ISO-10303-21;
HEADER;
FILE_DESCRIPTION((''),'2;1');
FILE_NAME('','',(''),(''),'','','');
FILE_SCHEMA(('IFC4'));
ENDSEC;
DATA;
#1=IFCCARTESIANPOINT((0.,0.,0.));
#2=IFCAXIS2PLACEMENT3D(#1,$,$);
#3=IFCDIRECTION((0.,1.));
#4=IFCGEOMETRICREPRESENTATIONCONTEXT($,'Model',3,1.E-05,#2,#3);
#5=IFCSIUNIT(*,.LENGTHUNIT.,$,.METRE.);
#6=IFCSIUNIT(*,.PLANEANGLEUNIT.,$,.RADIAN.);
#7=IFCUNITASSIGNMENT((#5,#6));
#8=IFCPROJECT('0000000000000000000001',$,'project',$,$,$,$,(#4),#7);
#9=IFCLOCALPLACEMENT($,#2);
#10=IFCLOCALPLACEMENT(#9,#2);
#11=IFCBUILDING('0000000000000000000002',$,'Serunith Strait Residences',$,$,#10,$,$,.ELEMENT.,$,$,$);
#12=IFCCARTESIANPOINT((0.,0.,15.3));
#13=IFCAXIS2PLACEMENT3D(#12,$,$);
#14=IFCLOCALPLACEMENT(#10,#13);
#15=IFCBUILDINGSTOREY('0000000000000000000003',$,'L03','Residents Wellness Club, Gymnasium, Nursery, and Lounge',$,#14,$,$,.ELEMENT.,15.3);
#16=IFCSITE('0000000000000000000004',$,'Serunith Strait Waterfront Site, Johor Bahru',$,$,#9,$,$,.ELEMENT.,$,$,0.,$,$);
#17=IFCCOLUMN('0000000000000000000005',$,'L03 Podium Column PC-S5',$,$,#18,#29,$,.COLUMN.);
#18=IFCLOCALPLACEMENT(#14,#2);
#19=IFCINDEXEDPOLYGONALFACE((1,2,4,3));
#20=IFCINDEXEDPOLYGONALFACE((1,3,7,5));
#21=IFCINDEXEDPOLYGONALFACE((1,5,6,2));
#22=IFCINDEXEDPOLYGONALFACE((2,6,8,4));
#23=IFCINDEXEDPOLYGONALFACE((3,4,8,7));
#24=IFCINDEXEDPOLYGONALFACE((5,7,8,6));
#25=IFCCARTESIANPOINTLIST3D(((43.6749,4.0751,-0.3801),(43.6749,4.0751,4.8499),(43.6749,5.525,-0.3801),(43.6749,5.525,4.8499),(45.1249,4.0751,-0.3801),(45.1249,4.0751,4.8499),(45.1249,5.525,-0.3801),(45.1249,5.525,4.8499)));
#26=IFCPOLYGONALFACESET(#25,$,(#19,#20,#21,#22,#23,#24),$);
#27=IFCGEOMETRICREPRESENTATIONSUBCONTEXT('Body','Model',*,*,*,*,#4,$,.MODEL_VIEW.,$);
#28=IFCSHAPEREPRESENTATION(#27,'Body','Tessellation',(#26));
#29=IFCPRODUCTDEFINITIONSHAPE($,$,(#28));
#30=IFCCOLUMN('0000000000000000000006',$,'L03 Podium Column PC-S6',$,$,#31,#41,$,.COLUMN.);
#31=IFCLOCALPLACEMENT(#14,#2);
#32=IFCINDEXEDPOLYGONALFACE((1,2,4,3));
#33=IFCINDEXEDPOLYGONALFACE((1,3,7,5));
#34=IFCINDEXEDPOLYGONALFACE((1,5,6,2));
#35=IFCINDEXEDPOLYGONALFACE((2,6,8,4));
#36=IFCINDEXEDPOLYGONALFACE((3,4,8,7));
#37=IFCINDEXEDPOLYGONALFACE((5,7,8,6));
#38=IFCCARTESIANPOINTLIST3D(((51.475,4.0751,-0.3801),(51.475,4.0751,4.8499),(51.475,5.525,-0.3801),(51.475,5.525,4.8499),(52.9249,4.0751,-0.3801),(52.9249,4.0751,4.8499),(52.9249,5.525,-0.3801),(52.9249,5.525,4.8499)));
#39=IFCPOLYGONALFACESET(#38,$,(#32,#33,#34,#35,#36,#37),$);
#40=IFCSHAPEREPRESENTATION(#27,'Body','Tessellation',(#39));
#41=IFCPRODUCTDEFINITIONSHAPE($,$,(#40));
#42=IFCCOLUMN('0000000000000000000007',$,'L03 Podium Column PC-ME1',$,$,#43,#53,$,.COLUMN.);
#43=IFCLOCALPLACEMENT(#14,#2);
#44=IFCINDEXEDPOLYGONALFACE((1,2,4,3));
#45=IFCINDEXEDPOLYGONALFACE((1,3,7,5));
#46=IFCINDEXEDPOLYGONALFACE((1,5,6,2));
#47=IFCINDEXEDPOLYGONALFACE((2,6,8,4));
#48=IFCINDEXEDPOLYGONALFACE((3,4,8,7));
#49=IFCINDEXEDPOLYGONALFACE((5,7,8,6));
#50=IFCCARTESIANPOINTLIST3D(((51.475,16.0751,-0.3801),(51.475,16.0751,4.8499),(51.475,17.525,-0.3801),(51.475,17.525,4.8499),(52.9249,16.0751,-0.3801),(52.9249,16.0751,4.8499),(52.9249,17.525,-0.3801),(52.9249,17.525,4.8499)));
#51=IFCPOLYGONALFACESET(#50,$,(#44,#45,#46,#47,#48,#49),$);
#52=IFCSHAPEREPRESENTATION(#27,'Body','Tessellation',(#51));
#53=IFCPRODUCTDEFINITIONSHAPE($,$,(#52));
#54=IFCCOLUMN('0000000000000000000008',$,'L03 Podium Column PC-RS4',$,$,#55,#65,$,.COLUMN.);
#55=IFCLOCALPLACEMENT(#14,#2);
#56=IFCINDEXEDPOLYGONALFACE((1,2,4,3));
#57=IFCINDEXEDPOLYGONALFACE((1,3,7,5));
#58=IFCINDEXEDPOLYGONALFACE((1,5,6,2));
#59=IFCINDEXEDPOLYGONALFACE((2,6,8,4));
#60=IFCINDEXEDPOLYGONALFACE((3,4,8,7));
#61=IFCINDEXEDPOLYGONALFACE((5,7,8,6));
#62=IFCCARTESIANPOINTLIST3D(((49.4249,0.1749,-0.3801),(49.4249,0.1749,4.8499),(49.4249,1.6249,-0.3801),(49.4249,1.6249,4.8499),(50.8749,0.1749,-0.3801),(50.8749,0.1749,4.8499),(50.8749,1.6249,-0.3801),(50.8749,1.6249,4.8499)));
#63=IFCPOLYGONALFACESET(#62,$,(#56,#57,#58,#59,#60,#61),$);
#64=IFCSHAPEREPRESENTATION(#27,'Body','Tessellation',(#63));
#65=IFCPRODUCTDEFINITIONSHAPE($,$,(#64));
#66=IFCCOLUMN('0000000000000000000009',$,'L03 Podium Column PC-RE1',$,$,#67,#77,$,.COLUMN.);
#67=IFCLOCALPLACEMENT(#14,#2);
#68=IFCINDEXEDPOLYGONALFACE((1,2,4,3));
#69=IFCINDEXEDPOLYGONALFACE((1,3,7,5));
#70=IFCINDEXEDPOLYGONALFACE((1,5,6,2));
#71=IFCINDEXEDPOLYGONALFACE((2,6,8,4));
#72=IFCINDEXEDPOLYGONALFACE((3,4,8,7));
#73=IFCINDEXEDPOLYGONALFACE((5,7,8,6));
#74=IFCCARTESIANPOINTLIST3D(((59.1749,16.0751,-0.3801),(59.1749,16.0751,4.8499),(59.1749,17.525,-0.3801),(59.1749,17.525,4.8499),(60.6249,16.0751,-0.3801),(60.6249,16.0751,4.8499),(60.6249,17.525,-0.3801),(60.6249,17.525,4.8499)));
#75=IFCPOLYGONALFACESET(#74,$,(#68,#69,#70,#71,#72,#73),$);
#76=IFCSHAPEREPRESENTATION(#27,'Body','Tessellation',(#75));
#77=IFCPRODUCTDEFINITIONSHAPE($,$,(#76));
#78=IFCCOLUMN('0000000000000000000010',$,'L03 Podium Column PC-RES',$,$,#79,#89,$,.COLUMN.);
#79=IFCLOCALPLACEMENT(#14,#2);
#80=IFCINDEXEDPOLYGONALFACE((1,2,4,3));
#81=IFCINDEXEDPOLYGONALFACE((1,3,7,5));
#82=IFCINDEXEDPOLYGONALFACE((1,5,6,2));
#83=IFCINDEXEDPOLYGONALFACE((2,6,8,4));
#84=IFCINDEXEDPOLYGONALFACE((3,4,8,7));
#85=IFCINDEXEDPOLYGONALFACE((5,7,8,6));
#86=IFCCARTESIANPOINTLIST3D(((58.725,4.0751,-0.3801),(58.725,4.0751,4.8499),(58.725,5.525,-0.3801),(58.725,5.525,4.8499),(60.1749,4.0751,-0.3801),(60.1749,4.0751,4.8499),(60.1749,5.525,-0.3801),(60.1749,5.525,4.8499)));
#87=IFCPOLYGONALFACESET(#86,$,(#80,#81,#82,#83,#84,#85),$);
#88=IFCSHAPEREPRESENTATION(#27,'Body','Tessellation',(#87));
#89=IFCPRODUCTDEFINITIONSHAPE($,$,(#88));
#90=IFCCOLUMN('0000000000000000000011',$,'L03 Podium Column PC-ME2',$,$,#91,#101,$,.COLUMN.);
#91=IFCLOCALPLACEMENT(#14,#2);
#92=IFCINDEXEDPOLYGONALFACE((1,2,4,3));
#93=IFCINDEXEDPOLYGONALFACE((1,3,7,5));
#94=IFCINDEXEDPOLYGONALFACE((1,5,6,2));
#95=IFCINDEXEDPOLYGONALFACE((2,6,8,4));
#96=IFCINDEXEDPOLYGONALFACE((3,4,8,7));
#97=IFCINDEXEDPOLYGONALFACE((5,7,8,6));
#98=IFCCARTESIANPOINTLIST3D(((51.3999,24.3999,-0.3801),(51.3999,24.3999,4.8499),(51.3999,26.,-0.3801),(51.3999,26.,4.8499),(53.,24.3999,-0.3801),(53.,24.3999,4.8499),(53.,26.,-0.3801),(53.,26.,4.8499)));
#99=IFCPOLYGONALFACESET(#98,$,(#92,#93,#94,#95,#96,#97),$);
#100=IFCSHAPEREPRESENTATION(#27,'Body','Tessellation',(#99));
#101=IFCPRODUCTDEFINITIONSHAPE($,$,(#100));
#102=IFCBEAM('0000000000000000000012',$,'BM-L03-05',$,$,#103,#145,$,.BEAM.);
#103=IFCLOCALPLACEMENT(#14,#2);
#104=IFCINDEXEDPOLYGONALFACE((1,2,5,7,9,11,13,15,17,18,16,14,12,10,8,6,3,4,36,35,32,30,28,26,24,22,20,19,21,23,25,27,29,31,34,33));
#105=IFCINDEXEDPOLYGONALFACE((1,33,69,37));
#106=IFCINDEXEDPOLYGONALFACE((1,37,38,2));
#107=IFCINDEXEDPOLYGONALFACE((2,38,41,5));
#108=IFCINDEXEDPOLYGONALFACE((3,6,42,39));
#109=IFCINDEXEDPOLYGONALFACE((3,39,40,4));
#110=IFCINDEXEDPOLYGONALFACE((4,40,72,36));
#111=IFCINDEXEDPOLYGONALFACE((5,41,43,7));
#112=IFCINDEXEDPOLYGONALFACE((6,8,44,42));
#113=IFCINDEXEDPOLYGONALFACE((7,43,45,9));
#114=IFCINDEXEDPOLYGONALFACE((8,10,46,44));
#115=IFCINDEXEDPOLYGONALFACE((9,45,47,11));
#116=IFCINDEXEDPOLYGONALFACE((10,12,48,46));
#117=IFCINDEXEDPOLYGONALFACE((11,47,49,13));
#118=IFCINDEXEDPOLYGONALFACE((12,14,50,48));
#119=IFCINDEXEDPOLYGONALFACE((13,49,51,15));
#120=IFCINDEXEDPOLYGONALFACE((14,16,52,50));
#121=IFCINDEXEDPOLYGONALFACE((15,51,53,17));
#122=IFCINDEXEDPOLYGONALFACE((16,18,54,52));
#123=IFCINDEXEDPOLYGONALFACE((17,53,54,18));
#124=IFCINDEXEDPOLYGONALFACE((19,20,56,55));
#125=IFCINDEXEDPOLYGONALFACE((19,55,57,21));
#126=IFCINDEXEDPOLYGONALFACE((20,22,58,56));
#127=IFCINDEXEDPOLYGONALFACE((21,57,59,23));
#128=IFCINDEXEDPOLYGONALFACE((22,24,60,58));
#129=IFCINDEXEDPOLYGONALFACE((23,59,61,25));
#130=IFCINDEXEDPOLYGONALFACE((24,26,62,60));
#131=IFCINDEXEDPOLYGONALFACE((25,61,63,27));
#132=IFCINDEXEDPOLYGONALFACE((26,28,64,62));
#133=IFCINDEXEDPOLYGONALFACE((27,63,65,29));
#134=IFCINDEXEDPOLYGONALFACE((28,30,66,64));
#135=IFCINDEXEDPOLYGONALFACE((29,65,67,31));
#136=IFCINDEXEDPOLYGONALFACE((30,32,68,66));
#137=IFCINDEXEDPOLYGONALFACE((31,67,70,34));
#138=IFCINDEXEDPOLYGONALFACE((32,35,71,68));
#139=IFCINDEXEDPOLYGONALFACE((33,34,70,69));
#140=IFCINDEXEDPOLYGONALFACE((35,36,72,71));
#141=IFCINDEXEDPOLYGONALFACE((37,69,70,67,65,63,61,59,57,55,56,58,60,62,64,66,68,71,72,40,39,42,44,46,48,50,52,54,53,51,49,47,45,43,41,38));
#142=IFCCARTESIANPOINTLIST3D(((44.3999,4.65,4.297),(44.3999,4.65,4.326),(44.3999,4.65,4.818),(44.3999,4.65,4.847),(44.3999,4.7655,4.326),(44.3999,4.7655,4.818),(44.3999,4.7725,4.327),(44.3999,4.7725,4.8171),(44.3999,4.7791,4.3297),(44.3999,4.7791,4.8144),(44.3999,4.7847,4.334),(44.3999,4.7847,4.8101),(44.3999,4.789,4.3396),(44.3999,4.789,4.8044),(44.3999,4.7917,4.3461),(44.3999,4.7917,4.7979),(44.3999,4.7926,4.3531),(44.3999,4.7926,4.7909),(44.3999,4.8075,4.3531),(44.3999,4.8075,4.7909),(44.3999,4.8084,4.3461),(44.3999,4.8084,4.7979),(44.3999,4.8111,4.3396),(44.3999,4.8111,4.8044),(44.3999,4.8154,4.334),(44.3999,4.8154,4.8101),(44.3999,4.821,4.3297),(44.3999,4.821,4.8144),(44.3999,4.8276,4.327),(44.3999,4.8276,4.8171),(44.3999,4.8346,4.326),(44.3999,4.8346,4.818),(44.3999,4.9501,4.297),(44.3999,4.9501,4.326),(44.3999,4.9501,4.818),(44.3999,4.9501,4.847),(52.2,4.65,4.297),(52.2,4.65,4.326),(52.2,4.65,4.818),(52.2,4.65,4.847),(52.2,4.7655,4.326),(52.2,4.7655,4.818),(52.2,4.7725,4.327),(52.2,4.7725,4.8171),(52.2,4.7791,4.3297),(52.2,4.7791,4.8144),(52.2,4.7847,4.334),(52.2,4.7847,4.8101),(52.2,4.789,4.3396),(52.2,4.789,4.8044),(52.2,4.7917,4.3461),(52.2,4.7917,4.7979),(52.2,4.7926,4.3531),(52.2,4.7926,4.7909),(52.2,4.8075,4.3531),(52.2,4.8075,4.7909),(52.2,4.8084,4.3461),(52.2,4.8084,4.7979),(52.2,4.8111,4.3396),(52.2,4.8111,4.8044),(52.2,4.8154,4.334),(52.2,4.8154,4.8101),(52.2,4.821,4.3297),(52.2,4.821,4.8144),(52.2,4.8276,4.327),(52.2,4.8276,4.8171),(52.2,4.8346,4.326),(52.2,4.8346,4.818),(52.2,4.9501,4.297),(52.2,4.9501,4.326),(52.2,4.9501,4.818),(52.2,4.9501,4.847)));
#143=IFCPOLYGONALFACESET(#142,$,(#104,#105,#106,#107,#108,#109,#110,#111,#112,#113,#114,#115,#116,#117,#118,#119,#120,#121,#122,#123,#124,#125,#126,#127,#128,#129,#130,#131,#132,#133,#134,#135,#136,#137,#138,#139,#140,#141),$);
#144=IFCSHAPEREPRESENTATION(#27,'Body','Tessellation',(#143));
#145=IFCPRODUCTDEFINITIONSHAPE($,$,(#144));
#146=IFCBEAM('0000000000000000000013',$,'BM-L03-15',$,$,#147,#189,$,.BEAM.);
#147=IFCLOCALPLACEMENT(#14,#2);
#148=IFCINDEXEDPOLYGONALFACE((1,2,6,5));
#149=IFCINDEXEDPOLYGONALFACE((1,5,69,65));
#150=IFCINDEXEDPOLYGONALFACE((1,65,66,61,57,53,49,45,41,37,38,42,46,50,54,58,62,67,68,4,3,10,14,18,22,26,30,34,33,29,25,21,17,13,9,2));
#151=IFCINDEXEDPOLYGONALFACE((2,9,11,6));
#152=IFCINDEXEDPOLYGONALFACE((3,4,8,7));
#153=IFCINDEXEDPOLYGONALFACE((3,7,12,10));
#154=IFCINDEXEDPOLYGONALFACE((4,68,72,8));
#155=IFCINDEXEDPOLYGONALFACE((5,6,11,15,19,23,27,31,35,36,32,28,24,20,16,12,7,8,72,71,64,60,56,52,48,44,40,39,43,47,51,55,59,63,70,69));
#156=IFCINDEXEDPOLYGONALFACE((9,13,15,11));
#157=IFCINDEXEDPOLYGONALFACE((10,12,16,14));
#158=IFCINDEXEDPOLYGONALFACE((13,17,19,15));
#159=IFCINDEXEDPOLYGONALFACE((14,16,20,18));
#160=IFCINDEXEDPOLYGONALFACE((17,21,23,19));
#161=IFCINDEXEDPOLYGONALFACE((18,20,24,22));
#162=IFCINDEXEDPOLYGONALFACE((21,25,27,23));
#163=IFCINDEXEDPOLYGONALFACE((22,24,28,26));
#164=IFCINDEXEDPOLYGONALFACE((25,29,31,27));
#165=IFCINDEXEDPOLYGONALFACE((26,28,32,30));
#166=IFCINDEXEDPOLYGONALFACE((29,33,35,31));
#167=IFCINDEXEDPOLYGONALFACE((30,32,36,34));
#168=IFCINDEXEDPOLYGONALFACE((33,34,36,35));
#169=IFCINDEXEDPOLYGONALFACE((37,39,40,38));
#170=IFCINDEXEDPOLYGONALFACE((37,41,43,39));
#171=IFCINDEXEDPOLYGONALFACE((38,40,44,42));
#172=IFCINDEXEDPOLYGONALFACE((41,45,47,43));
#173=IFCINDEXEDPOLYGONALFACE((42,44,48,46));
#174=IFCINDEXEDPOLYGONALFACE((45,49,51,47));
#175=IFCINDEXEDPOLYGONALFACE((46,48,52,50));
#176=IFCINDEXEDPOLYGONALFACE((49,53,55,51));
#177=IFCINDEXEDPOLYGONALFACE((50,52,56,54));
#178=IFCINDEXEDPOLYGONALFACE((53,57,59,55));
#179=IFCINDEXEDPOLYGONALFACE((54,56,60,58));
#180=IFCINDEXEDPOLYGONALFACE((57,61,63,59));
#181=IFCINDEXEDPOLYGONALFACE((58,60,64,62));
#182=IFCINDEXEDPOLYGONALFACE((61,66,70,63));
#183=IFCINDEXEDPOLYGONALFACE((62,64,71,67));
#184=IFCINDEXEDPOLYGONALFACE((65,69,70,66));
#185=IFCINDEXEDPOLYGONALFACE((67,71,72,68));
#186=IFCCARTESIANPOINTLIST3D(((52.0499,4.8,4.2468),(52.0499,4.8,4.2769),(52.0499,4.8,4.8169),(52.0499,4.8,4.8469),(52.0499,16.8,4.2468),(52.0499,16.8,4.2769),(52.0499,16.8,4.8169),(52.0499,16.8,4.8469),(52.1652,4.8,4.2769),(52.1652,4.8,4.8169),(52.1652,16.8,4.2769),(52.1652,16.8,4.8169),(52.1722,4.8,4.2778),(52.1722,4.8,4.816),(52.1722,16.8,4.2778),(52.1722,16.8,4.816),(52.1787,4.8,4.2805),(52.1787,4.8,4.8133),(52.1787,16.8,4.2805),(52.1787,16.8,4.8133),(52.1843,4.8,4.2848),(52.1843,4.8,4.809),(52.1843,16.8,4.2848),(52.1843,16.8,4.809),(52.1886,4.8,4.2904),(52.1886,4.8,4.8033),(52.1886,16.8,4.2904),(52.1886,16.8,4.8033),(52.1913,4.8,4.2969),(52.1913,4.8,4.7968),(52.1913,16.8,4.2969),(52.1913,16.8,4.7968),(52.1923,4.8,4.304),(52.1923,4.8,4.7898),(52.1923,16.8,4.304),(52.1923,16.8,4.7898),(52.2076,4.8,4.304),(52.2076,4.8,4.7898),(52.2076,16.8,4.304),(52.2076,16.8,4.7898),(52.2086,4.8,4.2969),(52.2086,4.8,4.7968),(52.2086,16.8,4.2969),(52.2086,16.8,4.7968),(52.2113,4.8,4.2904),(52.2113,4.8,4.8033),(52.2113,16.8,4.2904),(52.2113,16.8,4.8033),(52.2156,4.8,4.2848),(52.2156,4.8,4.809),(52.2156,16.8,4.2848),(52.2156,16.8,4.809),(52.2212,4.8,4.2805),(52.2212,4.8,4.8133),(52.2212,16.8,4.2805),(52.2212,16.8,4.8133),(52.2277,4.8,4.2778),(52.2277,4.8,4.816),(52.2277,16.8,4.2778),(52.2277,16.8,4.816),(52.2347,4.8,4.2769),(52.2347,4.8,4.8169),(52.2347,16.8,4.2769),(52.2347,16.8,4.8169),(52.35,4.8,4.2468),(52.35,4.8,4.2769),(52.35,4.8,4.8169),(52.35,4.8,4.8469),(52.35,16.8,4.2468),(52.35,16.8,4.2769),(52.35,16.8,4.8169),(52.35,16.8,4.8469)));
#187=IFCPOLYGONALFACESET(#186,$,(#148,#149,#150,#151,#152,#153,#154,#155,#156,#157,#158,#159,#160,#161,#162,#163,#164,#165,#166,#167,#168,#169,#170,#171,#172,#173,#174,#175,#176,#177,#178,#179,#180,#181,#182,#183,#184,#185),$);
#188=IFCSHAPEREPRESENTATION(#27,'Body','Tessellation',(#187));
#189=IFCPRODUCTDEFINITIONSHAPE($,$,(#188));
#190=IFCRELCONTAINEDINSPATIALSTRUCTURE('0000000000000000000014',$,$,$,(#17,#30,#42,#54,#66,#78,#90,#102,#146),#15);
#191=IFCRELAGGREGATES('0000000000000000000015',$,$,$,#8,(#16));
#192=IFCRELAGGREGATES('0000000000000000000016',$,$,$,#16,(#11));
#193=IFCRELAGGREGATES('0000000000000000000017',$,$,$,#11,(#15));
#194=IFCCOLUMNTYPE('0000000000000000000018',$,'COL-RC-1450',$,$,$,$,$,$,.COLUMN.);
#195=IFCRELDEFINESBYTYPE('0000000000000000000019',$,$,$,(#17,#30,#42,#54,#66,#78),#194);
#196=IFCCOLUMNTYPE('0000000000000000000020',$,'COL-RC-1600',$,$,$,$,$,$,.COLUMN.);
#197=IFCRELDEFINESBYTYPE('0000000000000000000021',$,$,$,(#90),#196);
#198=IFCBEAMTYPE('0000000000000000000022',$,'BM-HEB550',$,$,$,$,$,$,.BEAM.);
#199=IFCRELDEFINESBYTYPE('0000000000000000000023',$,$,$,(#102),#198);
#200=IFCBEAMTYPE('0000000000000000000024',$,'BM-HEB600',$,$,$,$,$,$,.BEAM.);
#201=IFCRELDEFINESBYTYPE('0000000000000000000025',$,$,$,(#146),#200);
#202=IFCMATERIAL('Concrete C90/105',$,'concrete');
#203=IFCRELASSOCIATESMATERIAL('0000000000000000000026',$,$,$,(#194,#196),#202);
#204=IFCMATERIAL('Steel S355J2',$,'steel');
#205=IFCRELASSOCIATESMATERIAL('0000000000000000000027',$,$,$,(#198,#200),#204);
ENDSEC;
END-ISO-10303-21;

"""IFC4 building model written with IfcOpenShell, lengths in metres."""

from ifc_helpers import new_model, si_unit, direction, frame, origin, origin_2d, place, context, subcontext, project, spatial, rectangle, i_section, extrude, source, transform, mapped, material, material_profile, profile_set, type_object, element, save


model = new_model("IFC4")

# Units and contexts
model_context = context("Model", 3, precision=1e-05, world=origin(), true_north=direction((0.0, 1.0)))
body_context = subcontext(model_context, "Body", "Model", "MODEL_VIEW")
ifc_project = project(units=[si_unit("LENGTHUNIT", "METRE"), si_unit("PLANEANGLEUNIT", "RADIAN")], contexts=[model_context])

# Site, building, storey
site_placement = place(None, origin())
site = spatial("IfcSite", under=ifc_project, at=site_placement, Name="Serunith Strait Waterfront Site, Johor Bahru", CompositionType="ELEMENT", RefElevation=0.0)
building_placement = place(site_placement, origin())
building = spatial("IfcBuilding", under=site, at=building_placement, Name="Serunith Strait Residences", CompositionType="ELEMENT")
storey_placement = place(building_placement, frame((0.0, 0.0, 15.3)))
storey = spatial("IfcBuildingStorey", under=building, at=storey_placement, Name="L03", Description="Residents Wellness Club, Gymnasium, Nursery, and Lounge", CompositionType="ELEMENT", Elevation=15.3)

# Columns
ifc_material_1 = material(Name="Concrete C90/105", Category="concrete")
ifc_material_profile_1 = material_profile(ifc_material_1, rectangle(XDim=1.45, YDim=1.45, at=origin_2d()), Name="RC 1450x1450")
ifc_profile_set_1 = profile_set([ifc_material_profile_1], Name="Concrete C90/105")
column_type_1 = type_object("IfcColumnType", Name="COL-RC-1450", PredefinedType="COLUMN", material=ifc_profile_set_1)
shared_shape_1 = source(origin(), body_context, "Body", "SweptSolid", [
    extrude(rectangle(XDim=1.45, YDim=1.45, at=origin_2d()), origin(), (0.0, 0.0, 1.0), 5.23),
])
for number, where, z_axis, x_axis, name in (
    (1, (44.3999, 4.8, -0.3801), (0.0, 0.0, 1.0), (1.0, 0.0, 0.0), "L03 Podium Column PC-S5"),
    (2, (52.2, 4.8, -0.3801), (0.0, 0.0, 1.0), (1.0, 0.0, 0.0), "L03 Podium Column PC-S6"),
    (3, (52.2, 16.8, -0.3801), (0.0, 0.0, 1.0), (1.0, 0.0, 0.0), "L03 Podium Column PC-ME1"),
    (4, (50.1499, 0.8999, -0.3801), (0.0, 0.0, 1.0), (1.0, 0.0, 0.0), "L03 Podium Column PC-RS4"),
    (5, (59.8999, 16.8, -0.3801), (0.0, 0.0, 1.0), (1.0, 0.0, 0.0), "L03 Podium Column PC-RE1"),
    (6, (59.45, 4.8, -0.3801), (0.0, 0.0, 1.0), (1.0, 0.0, 0.0), "L03 Podium Column PC-RES"),
):
    element("IfcColumn", number, at=place(storey_placement, frame(where, z_axis=z_axis, x_axis=x_axis)), inside=storey, type_object=column_type_1, Name=name, PredefinedType="COLUMN", context=body_context, shape_type="MappedRepresentation", body=[
        mapped(shared_shape_1, transform((0.0, 0.0, 0.0), scale=1.0)),
    ])
ifc_material_profile_2 = material_profile(ifc_material_1, rectangle(XDim=1.6001, YDim=1.6001, at=origin_2d()), Name="RC 1600x1600")
ifc_profile_set_2 = profile_set([ifc_material_profile_2], Name="Concrete C90/105")
column_type_2 = type_object("IfcColumnType", Name="COL-RC-1600", PredefinedType="COLUMN", material=ifc_profile_set_2)
shared_shape_2 = source(origin(), body_context, "Body", "SweptSolid", [
    extrude(rectangle(XDim=1.6001, YDim=1.6001, at=origin_2d()), origin(), (0.0, 0.0, 1.0), 5.23),
])
column_placement = place(storey_placement, frame((52.2, 25.2, -0.3801), z_axis=(0.0, 0.0, 1.0), x_axis=(1.0, 0.0, 0.0)))
element("IfcColumn", 7, at=column_placement, inside=storey, type_object=column_type_2, Name="L03 Podium Column PC-ME2", PredefinedType="COLUMN", context=body_context, shape_type="MappedRepresentation", body=[
    mapped(shared_shape_2, transform((0.0, 0.0, 0.0), scale=1.0)),
])

# Beams
ifc_material_2 = material(Name="Steel S355J2", Category="steel")
ifc_material_profile_3 = material_profile(ifc_material_2, i_section(OverallWidth=0.3, OverallDepth=0.55, WebThickness=0.0149, FlangeThickness=0.0291, FilletRadius=0.0271, at=origin_2d()), Name="HEB 550")
ifc_profile_set_3 = profile_set([ifc_material_profile_3], Name="Steel S355J2")
beam_type_1 = type_object("IfcBeamType", Name="BM-HEB550", PredefinedType="BEAM", material=ifc_profile_set_3)
shared_shape_3 = source(origin(), body_context, "Body", "SweptSolid", [
    extrude(i_section(OverallWidth=0.3, OverallDepth=0.55, WebThickness=0.0149, FlangeThickness=0.0291, FilletRadius=0.0271, at=origin_2d()), origin(), (0.0, 0.0, 1.0), 7.8),
])
beam_1_placement = place(storey_placement, frame((44.3999, 4.8, 4.572), z_axis=(1.0, 0.0, 0.0), x_axis=(0.0, 1.0, 0.0)))
element("IfcBeam", 8, at=beam_1_placement, inside=storey, type_object=beam_type_1, Name="BM-L03-05", PredefinedType="BEAM", context=body_context, shape_type="MappedRepresentation", body=[
    mapped(shared_shape_3, transform((0.0, 0.0, 0.0), scale=1.0)),
])
ifc_material_profile_4 = material_profile(ifc_material_2, i_section(OverallWidth=0.3, OverallDepth=0.6001, WebThickness=0.0154, FlangeThickness=0.03, FilletRadius=0.0271, at=origin_2d()), Name="HEB 600")
ifc_profile_set_4 = profile_set([ifc_material_profile_4], Name="Steel S355J2")
beam_type_2 = type_object("IfcBeamType", Name="BM-HEB600", PredefinedType="BEAM", material=ifc_profile_set_4)
shared_shape_4 = source(origin(), body_context, "Body", "SweptSolid", [
    extrude(i_section(OverallWidth=0.3, OverallDepth=0.6001, WebThickness=0.0154, FlangeThickness=0.03, FilletRadius=0.0271, at=origin_2d()), origin(), (0.0, 0.0, 1.0), 12.0),
])
beam_2_placement = place(storey_placement, frame((52.2, 4.8, 4.5469), z_axis=(0.0, 1.0, 0.0), x_axis=(-1.0, 0.0, 0.0)))
element("IfcBeam", 9, at=beam_2_placement, inside=storey, type_object=beam_type_2, Name="BM-L03-15", PredefinedType="BEAM", context=body_context, shape_type="MappedRepresentation", body=[
    mapped(shared_shape_4, transform((0.0, 0.0, 0.0), scale=1.0)),
])

save(model, "model.ifc")
